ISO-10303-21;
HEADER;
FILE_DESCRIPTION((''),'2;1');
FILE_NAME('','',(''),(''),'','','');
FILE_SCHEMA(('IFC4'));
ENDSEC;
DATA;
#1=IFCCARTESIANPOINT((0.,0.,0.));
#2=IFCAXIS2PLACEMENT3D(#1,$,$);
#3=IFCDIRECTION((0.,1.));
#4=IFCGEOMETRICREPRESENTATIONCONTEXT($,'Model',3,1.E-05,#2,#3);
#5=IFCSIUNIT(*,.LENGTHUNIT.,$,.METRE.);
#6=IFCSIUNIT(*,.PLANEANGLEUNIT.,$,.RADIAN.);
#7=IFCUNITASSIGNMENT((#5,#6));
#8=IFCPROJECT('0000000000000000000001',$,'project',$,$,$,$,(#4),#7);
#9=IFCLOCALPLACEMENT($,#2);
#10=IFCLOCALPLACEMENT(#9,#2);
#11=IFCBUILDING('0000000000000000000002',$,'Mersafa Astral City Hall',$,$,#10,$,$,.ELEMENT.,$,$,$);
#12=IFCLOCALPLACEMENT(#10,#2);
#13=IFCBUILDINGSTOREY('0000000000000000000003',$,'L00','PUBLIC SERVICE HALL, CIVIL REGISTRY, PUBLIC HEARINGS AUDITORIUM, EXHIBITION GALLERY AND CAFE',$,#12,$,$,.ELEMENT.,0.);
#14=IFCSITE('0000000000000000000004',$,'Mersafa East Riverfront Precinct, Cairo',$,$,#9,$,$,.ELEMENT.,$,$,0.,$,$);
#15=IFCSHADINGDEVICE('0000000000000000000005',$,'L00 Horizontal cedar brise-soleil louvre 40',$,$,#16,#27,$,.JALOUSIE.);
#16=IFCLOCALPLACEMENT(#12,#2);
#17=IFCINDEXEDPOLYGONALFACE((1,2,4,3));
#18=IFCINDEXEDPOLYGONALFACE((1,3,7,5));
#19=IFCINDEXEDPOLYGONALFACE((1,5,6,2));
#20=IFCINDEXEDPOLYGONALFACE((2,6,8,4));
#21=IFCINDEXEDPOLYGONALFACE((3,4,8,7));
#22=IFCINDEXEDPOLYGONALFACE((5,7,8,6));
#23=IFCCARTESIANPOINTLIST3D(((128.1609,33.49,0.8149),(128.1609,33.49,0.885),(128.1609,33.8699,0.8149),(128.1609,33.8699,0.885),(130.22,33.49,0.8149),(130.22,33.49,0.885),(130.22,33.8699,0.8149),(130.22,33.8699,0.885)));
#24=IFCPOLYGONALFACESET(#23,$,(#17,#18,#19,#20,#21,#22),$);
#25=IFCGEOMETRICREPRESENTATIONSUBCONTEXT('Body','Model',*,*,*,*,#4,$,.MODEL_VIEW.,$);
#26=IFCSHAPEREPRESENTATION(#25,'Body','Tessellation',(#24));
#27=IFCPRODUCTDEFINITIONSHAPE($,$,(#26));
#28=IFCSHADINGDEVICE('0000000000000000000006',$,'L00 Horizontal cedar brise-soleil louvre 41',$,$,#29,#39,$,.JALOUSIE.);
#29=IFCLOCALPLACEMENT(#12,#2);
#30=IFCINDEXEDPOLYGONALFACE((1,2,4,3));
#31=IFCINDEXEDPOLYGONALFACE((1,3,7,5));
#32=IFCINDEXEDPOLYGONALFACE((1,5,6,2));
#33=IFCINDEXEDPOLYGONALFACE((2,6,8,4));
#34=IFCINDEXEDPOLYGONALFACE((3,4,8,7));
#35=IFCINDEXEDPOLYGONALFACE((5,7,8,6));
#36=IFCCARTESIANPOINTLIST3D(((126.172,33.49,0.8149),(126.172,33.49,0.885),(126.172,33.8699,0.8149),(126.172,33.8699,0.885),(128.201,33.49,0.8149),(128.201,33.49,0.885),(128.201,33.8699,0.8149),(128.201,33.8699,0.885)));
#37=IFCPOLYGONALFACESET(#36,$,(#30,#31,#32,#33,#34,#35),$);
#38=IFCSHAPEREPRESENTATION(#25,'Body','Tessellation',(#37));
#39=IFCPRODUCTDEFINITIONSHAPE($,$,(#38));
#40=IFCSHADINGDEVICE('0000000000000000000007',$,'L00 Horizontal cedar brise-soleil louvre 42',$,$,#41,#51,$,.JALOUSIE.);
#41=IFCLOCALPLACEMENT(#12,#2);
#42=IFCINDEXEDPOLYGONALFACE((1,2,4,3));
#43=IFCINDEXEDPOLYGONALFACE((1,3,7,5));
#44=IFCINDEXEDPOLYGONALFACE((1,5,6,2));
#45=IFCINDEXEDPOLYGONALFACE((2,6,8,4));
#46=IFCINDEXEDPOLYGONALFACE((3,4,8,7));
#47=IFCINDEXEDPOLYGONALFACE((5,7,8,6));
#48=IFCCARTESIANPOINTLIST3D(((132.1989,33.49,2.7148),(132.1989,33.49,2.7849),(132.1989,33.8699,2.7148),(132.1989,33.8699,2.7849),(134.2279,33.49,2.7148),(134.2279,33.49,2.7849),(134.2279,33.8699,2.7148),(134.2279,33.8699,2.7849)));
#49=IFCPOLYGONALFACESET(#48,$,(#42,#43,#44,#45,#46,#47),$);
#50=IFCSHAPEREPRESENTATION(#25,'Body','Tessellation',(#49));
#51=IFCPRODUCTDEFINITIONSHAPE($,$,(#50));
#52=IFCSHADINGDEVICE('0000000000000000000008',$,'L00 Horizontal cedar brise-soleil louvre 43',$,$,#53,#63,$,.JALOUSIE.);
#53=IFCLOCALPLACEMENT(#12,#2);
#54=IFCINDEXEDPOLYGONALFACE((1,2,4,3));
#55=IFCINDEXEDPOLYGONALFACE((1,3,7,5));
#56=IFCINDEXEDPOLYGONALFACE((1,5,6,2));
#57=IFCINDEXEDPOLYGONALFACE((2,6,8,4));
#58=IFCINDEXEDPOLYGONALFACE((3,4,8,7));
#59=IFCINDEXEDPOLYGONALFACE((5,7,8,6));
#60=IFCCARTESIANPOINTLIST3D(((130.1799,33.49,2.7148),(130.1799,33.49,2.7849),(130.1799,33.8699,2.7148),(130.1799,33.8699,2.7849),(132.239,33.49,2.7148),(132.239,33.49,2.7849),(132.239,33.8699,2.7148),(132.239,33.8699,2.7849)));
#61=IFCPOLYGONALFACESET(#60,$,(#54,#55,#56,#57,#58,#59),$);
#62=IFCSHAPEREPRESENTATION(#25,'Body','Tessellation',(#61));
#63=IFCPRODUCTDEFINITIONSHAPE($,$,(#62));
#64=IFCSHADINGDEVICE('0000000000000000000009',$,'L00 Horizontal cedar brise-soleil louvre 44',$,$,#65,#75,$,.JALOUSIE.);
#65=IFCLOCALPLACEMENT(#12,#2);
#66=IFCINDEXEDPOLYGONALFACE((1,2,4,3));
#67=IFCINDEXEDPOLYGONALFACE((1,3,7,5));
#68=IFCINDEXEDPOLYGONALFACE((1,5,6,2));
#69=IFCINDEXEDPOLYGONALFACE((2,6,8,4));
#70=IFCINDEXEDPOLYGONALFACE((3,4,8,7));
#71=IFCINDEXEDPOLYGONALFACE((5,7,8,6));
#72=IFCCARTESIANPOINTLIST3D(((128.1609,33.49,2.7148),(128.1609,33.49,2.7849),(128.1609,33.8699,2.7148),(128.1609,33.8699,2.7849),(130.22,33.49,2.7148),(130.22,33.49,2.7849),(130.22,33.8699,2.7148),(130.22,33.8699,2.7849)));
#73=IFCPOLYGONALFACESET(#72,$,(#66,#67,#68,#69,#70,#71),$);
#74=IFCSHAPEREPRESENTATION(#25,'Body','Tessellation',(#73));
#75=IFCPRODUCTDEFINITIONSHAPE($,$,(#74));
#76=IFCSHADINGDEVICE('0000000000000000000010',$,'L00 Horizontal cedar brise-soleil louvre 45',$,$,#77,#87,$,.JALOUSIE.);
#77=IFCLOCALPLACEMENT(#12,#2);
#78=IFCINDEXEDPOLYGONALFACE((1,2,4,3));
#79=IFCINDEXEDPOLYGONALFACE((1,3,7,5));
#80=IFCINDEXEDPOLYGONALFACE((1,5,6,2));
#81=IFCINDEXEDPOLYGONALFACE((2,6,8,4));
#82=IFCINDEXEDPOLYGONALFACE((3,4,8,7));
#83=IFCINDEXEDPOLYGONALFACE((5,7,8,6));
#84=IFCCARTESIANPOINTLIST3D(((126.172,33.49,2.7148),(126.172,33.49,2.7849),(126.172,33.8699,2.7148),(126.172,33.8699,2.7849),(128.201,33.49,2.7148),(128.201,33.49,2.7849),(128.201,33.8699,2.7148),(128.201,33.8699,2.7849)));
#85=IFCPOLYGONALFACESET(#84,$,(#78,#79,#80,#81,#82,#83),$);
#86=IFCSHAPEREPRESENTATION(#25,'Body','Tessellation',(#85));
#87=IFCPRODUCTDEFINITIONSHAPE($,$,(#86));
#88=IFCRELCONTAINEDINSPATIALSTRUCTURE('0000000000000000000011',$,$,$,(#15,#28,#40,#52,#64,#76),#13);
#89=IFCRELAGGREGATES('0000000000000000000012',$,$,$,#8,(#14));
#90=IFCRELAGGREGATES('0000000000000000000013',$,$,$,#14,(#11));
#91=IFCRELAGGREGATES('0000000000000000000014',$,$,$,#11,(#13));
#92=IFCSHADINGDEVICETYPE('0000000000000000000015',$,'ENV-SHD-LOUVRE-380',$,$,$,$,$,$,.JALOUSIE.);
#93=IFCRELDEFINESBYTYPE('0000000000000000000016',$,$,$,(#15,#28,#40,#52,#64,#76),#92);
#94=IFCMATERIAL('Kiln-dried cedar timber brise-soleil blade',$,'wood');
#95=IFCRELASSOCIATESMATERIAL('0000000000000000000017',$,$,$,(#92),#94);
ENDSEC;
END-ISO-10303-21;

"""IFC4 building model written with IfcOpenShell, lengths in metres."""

from ifc_helpers import new_model, si_unit, direction, frame, origin, origin_2d, place, context, subcontext, project, spatial, rectangle, extrude, material, type_object, element, save


model = new_model("IFC4")

# Units and contexts
model_context = context("Model", 3, precision=1e-05, world=origin(), true_north=direction((0.0, 1.0)))
body_context = subcontext(model_context, "Body", "Model", "MODEL_VIEW")
ifc_project = project(units=[si_unit("LENGTHUNIT", "METRE"), si_unit("PLANEANGLEUNIT", "RADIAN")], contexts=[model_context])

# Site, building, storey
site_placement = place(None, origin())
site = spatial("IfcSite", under=ifc_project, at=site_placement, Name="Mersafa East Riverfront Precinct, Cairo", CompositionType="ELEMENT", RefElevation=0.0)
building_placement = place(site_placement, origin())
building = spatial("IfcBuilding", under=site, at=building_placement, Name="Mersafa Astral City Hall", CompositionType="ELEMENT")
storey_placement = place(building_placement, origin())
storey = spatial("IfcBuildingStorey", under=building, at=storey_placement, Name="L00", Description="PUBLIC SERVICE HALL, CIVIL REGISTRY, PUBLIC HEARINGS AUDITORIUM, EXHIBITION GALLERY AND CAFE", CompositionType="ELEMENT", Elevation=0.0)

# Shading devices
ifc_material_1 = material(Name="Kiln-dried cedar timber brise-soleil blade", Category="wood")
shading_device_type_1 = type_object("IfcShadingDeviceType", Name="ENV-SHD-LOUVRE-380", PredefinedType="JALOUSIE", material=ifc_material_1)
for number, where, z_axis, x_axis, name in (
    (1, (129.1904, 33.6799, 0.8149), (0.0, 0.0, 1.0), (-1.0, 0.0, 0.0), "L00 Horizontal cedar brise-soleil louvre 40"),
):
    element("IfcShadingDevice", number, at=place(storey_placement, frame(where, z_axis=z_axis, x_axis=x_axis)), inside=storey, type_object=shading_device_type_1, Name=name, PredefinedType="JALOUSIE", context=body_context, shape_type="SweptSolid", body=[
        extrude(rectangle(XDim=2.0591, YDim=0.3799, at=origin_2d()), origin(), (0.0, 0.0, 1.0), 0.0701),
    ])
for number, where, z_axis, x_axis, name in (
    (2, (127.1865, 33.6799, 0.8149), (0.0, 0.0, 1.0), (-1.0, 0.0, 0.0), "L00 Horizontal cedar brise-soleil louvre 41"),
    (3, (133.2134, 33.6799, 2.7148), (0.0, 0.0, 1.0), (-1.0, 0.0, 0.0), "L00 Horizontal cedar brise-soleil louvre 42"),
):
    element("IfcShadingDevice", number, at=place(storey_placement, frame(where, z_axis=z_axis, x_axis=x_axis)), inside=storey, type_object=shading_device_type_1, Name=name, PredefinedType="JALOUSIE", context=body_context, shape_type="SweptSolid", body=[
        extrude(rectangle(XDim=2.0291, YDim=0.3799, at=origin_2d()), origin(), (0.0, 0.0, 1.0), 0.0701),
    ])
for number, where, z_axis, x_axis, name in (
    (4, (131.2095, 33.6799, 2.7148), (0.0, 0.0, 1.0), (-1.0, 0.0, 0.0), "L00 Horizontal cedar brise-soleil louvre 43"),
    (5, (129.1904, 33.6799, 2.7148), (0.0, 0.0, 1.0), (-1.0, 0.0, 0.0), "L00 Horizontal cedar brise-soleil louvre 44"),
):
    element("IfcShadingDevice", number, at=place(storey_placement, frame(where, z_axis=z_axis, x_axis=x_axis)), inside=storey, type_object=shading_device_type_1, Name=name, PredefinedType="JALOUSIE", context=body_context, shape_type="SweptSolid", body=[
        extrude(rectangle(XDim=2.0591, YDim=0.3799, at=origin_2d()), origin(), (0.0, 0.0, 1.0), 0.0701),
    ])
shading_device_1_placement = place(storey_placement, frame((127.1865, 33.6799, 2.7148), z_axis=(0.0, 0.0, 1.0), x_axis=(-1.0, 0.0, 0.0)))
element("IfcShadingDevice", 6, at=shading_device_1_placement, inside=storey, type_object=shading_device_type_1, Name="L00 Horizontal cedar brise-soleil louvre 45", PredefinedType="JALOUSIE", context=body_context, shape_type="SweptSolid", body=[
    extrude(rectangle(XDim=2.0291, YDim=0.3799, at=origin_2d()), origin(), (0.0, 0.0, 1.0), 0.0701),
])

save(model, "model.ifc")
